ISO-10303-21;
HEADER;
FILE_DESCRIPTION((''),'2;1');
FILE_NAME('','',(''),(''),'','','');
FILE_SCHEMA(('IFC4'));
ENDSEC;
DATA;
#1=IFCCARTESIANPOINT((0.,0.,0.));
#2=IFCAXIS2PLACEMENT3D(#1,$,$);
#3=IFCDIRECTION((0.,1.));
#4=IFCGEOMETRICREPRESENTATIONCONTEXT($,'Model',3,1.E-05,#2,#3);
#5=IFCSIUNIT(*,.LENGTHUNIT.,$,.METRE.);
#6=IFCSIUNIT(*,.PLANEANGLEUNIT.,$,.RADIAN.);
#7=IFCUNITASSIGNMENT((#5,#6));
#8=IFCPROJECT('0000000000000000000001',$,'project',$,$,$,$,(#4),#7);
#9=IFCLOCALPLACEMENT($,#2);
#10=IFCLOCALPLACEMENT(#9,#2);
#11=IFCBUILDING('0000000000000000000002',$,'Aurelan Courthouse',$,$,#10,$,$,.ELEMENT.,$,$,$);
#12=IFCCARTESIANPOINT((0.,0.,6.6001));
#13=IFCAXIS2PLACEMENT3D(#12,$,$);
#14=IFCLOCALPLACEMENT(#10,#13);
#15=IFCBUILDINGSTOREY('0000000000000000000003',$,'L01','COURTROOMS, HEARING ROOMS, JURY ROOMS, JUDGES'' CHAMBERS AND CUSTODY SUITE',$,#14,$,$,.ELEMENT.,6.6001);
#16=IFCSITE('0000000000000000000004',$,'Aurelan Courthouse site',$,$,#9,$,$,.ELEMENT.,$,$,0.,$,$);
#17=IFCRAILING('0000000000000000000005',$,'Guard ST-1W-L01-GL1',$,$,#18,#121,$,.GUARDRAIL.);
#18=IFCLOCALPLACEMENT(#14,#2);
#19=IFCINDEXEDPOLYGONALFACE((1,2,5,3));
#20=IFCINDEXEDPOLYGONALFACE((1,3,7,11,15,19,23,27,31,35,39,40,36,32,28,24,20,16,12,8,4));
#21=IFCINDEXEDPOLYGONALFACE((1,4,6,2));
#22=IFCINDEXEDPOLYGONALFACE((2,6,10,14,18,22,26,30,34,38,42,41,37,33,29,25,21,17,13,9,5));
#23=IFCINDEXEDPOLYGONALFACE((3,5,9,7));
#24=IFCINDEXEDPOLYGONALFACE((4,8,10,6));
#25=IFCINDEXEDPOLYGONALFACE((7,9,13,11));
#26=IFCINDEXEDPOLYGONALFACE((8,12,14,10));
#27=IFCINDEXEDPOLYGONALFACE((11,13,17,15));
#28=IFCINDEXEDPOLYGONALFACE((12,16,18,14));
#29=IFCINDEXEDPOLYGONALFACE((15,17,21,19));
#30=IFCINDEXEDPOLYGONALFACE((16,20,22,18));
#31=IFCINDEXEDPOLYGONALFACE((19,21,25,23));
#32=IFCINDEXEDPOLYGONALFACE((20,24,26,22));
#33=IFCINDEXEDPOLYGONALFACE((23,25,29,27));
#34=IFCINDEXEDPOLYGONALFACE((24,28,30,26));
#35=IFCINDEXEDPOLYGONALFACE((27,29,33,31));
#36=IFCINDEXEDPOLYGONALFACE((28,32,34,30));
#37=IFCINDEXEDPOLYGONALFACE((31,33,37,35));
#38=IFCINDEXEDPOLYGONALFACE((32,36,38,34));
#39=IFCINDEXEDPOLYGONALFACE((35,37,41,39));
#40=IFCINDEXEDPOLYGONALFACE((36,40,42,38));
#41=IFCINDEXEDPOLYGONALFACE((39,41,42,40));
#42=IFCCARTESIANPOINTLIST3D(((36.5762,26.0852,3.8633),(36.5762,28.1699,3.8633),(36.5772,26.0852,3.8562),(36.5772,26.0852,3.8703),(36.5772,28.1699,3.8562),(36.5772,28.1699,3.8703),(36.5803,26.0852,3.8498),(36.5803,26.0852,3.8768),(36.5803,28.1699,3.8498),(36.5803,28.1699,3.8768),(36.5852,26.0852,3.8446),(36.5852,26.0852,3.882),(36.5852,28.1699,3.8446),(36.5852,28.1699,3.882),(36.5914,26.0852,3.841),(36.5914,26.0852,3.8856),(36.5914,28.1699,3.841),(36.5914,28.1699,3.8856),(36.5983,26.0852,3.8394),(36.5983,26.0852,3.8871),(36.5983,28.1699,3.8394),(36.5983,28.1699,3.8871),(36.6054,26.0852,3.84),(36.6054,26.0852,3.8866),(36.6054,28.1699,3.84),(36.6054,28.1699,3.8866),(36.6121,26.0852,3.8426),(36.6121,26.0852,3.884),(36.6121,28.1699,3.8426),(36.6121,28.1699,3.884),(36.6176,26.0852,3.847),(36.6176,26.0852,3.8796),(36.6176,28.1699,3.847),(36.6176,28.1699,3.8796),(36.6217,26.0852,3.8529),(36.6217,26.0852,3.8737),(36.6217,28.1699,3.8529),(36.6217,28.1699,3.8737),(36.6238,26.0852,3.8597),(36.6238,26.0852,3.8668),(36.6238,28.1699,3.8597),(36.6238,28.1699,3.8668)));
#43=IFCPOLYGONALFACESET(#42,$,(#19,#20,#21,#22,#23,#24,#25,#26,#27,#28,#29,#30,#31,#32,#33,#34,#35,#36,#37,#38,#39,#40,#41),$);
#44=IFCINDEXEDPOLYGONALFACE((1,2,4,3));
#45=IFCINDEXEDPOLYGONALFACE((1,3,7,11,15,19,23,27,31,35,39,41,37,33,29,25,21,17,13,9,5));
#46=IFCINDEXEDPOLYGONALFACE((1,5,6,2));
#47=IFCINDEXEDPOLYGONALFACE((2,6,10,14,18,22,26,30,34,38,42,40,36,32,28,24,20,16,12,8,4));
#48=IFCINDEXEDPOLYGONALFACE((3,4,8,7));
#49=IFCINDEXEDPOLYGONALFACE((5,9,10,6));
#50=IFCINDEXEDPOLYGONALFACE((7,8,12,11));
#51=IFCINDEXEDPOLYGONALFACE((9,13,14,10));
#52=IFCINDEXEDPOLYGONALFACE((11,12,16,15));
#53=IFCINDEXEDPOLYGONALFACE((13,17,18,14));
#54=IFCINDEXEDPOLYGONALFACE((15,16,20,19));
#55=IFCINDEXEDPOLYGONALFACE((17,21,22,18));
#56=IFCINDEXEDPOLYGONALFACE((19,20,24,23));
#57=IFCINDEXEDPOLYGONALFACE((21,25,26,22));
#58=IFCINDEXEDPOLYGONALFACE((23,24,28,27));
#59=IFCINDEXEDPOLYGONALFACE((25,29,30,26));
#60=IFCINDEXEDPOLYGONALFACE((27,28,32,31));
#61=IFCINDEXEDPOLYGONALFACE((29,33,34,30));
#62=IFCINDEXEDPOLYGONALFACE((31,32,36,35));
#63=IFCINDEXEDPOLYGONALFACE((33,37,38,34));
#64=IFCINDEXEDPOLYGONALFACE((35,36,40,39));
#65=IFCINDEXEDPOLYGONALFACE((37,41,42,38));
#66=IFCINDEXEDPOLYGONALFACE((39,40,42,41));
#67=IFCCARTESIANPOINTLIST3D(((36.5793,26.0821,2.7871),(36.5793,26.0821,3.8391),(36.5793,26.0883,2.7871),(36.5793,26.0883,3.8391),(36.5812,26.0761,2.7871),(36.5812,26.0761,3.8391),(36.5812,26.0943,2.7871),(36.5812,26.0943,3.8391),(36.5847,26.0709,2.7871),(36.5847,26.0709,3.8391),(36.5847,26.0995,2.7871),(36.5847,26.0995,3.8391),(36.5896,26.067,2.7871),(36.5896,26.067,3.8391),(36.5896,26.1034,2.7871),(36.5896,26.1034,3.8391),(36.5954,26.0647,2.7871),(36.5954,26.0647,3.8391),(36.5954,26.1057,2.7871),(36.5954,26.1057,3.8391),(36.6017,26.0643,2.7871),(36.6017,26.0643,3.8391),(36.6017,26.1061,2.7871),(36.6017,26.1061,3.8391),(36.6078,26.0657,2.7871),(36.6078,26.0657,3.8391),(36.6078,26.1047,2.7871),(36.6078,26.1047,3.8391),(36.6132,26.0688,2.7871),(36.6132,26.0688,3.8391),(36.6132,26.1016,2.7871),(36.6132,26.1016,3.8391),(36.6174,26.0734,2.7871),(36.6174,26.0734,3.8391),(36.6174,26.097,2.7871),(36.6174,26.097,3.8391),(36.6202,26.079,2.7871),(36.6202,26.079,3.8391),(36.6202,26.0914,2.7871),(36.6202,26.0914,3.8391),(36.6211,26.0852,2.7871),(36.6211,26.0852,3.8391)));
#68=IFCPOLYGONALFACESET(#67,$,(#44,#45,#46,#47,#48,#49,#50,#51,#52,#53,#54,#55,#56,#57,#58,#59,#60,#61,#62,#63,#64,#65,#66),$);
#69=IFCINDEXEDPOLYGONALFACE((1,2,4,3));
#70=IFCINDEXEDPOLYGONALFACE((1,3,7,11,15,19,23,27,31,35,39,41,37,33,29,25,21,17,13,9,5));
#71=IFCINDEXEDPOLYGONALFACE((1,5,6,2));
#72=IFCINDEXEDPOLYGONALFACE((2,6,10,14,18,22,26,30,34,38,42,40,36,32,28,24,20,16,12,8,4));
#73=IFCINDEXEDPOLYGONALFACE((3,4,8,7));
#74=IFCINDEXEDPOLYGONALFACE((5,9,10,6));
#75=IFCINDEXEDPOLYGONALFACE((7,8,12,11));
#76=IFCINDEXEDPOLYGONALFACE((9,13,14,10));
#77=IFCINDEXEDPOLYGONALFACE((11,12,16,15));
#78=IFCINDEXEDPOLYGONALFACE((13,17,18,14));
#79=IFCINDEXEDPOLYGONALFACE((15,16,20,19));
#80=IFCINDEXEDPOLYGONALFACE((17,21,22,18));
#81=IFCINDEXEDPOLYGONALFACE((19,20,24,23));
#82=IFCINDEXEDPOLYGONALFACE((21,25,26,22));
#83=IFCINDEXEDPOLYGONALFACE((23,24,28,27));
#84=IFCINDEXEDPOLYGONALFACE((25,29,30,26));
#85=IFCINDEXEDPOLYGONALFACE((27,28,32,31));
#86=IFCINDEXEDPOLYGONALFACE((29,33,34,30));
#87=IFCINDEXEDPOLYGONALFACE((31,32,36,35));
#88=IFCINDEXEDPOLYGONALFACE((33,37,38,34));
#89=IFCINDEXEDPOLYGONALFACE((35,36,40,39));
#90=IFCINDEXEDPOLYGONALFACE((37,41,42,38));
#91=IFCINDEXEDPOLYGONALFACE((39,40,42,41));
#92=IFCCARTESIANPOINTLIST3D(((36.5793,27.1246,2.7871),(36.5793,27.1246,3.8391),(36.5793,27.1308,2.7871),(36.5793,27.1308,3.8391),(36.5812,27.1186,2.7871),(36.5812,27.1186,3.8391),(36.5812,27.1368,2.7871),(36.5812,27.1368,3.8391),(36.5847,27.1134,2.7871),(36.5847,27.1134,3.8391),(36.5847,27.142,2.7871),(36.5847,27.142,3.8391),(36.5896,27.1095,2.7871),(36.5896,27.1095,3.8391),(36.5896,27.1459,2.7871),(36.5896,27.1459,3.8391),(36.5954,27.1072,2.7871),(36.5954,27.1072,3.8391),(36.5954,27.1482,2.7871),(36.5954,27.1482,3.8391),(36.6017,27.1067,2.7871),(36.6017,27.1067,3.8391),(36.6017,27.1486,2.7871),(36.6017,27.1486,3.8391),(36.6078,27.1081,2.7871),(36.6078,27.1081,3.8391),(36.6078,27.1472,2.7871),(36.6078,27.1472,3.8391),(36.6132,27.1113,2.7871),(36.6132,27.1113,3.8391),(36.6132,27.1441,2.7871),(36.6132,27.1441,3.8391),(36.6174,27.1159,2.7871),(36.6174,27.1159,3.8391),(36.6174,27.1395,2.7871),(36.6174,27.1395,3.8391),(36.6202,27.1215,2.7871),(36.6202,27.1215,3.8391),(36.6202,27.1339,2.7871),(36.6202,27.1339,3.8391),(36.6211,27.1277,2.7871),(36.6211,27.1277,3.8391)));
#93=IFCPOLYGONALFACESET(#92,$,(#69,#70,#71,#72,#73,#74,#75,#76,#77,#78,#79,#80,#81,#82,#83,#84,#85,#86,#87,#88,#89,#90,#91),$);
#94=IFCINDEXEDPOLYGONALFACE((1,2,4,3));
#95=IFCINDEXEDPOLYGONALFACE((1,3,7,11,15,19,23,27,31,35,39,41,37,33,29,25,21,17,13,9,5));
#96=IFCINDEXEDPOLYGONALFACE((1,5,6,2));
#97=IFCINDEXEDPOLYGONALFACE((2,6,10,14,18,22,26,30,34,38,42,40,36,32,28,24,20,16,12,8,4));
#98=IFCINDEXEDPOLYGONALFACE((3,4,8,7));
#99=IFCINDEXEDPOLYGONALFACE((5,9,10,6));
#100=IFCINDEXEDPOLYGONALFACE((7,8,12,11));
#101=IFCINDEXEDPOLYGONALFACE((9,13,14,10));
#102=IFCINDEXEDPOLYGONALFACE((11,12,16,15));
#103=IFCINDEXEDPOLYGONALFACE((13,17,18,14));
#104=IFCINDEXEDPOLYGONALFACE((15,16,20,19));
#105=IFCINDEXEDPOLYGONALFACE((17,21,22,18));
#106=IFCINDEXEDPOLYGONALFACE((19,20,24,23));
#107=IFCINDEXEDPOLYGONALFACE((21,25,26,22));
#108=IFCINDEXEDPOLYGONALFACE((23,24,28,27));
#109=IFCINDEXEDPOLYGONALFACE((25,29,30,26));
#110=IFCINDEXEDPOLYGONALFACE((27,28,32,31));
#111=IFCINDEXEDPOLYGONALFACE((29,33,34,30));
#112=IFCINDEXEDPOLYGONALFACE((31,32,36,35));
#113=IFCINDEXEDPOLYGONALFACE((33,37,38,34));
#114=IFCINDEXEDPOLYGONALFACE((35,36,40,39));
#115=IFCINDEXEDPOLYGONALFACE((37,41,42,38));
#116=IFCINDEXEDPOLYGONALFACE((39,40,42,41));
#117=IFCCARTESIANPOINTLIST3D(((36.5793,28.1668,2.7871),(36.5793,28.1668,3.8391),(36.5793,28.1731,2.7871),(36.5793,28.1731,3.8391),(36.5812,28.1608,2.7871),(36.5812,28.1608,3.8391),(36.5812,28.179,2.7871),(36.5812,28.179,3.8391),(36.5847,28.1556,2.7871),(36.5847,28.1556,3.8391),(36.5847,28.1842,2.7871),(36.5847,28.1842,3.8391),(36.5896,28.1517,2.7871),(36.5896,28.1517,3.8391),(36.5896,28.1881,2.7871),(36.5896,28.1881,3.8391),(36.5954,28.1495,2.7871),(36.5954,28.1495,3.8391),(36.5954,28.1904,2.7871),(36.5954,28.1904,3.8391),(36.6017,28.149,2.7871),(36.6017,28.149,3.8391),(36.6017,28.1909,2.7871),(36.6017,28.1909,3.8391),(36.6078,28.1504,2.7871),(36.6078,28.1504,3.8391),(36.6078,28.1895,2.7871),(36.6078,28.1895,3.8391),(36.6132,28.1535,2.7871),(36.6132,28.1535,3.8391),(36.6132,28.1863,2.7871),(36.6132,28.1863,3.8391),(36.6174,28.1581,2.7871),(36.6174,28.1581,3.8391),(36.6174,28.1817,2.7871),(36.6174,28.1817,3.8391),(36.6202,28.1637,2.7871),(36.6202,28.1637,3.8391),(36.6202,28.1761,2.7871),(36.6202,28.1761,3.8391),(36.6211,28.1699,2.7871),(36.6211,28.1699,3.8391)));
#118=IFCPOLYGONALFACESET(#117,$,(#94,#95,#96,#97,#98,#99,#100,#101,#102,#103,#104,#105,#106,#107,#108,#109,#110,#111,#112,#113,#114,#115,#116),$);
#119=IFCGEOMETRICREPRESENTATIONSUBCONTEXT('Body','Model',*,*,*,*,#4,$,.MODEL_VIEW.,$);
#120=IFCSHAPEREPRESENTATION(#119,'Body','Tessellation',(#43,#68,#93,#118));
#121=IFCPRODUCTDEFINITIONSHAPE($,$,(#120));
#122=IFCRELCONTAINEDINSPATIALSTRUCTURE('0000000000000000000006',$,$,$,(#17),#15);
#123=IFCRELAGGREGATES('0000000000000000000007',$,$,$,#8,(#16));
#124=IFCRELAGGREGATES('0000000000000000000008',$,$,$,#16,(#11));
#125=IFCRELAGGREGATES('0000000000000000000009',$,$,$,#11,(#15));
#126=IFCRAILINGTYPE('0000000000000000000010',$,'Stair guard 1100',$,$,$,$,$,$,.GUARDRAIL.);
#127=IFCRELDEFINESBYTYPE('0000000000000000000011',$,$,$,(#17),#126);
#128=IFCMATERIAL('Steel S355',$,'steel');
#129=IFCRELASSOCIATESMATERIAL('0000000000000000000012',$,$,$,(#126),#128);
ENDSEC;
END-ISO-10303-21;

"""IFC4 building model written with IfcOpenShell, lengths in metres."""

from ifc_helpers import new_model, si_unit, direction, frame, origin, origin_2d, place, context, subcontext, project, spatial, circle, extrude, material, type_object, element, save


model = new_model("IFC4")

# Units and contexts
model_context = context("Model", 3, precision=1e-05, world=origin(), true_north=direction((0.0, 1.0)))
body_context = subcontext(model_context, "Body", "Model", "MODEL_VIEW")
ifc_project = project(units=[si_unit("LENGTHUNIT", "METRE"), si_unit("PLANEANGLEUNIT", "RADIAN")], contexts=[model_context])

# Site, building, storey
site_placement = place(None, origin())
site = spatial("IfcSite", under=ifc_project, at=site_placement, Name="Aurelan Courthouse site", CompositionType="ELEMENT", RefElevation=0.0)
building_placement = place(site_placement, origin())
building = spatial("IfcBuilding", under=site, at=building_placement, Name="Aurelan Courthouse", CompositionType="ELEMENT")
storey_placement = place(building_placement, frame((0.0, 0.0, 6.6001)))
storey = spatial("IfcBuildingStorey", under=building, at=storey_placement, Name="L01", Description="COURTROOMS, HEARING ROOMS, JURY ROOMS, JUDGES' CHAMBERS AND CUSTODY SUITE", CompositionType="ELEMENT", Elevation=6.6001)

# Railing
ifc_material_1 = material(Name="Steel S355", Category="steel")
railing_type_1 = type_object("IfcRailingType", Name="Stair guard 1100", PredefinedType="GUARDRAIL", material=ifc_material_1)
railing_placement = place(storey_placement, frame((36.6001, 26.0852, 2.7871)))
element("IfcRailing", 1, at=railing_placement, inside=storey, type_object=railing_type_1, Name="Guard ST-1W-L01-GL1", PredefinedType="GUARDRAIL", context=body_context, shape_type="SweptSolid", body=[
    extrude(circle(Radius=0.0239, at=origin_2d()), frame((0.0, 0.0, 1.0762), z_axis=(0.0, 1.0, 0.0), x_axis=(-1.0, 0.0, 0.0)), (0.0, 0.0, 1.0), 2.0847),
    extrude(circle(Radius=0.021, at=origin_2d()), origin(), (0.0, 0.0, 1.0), 1.052),
    extrude(circle(Radius=0.021, at=origin_2d()), frame((0.0, 1.0425, 0.0)), (0.0, 0.0, 1.0), 1.052),
    extrude(circle(Radius=0.021, at=origin_2d()), frame((0.0, 2.0847, 0.0)), (0.0, 0.0, 1.0), 1.052),
])

save(model, "model.ifc")
